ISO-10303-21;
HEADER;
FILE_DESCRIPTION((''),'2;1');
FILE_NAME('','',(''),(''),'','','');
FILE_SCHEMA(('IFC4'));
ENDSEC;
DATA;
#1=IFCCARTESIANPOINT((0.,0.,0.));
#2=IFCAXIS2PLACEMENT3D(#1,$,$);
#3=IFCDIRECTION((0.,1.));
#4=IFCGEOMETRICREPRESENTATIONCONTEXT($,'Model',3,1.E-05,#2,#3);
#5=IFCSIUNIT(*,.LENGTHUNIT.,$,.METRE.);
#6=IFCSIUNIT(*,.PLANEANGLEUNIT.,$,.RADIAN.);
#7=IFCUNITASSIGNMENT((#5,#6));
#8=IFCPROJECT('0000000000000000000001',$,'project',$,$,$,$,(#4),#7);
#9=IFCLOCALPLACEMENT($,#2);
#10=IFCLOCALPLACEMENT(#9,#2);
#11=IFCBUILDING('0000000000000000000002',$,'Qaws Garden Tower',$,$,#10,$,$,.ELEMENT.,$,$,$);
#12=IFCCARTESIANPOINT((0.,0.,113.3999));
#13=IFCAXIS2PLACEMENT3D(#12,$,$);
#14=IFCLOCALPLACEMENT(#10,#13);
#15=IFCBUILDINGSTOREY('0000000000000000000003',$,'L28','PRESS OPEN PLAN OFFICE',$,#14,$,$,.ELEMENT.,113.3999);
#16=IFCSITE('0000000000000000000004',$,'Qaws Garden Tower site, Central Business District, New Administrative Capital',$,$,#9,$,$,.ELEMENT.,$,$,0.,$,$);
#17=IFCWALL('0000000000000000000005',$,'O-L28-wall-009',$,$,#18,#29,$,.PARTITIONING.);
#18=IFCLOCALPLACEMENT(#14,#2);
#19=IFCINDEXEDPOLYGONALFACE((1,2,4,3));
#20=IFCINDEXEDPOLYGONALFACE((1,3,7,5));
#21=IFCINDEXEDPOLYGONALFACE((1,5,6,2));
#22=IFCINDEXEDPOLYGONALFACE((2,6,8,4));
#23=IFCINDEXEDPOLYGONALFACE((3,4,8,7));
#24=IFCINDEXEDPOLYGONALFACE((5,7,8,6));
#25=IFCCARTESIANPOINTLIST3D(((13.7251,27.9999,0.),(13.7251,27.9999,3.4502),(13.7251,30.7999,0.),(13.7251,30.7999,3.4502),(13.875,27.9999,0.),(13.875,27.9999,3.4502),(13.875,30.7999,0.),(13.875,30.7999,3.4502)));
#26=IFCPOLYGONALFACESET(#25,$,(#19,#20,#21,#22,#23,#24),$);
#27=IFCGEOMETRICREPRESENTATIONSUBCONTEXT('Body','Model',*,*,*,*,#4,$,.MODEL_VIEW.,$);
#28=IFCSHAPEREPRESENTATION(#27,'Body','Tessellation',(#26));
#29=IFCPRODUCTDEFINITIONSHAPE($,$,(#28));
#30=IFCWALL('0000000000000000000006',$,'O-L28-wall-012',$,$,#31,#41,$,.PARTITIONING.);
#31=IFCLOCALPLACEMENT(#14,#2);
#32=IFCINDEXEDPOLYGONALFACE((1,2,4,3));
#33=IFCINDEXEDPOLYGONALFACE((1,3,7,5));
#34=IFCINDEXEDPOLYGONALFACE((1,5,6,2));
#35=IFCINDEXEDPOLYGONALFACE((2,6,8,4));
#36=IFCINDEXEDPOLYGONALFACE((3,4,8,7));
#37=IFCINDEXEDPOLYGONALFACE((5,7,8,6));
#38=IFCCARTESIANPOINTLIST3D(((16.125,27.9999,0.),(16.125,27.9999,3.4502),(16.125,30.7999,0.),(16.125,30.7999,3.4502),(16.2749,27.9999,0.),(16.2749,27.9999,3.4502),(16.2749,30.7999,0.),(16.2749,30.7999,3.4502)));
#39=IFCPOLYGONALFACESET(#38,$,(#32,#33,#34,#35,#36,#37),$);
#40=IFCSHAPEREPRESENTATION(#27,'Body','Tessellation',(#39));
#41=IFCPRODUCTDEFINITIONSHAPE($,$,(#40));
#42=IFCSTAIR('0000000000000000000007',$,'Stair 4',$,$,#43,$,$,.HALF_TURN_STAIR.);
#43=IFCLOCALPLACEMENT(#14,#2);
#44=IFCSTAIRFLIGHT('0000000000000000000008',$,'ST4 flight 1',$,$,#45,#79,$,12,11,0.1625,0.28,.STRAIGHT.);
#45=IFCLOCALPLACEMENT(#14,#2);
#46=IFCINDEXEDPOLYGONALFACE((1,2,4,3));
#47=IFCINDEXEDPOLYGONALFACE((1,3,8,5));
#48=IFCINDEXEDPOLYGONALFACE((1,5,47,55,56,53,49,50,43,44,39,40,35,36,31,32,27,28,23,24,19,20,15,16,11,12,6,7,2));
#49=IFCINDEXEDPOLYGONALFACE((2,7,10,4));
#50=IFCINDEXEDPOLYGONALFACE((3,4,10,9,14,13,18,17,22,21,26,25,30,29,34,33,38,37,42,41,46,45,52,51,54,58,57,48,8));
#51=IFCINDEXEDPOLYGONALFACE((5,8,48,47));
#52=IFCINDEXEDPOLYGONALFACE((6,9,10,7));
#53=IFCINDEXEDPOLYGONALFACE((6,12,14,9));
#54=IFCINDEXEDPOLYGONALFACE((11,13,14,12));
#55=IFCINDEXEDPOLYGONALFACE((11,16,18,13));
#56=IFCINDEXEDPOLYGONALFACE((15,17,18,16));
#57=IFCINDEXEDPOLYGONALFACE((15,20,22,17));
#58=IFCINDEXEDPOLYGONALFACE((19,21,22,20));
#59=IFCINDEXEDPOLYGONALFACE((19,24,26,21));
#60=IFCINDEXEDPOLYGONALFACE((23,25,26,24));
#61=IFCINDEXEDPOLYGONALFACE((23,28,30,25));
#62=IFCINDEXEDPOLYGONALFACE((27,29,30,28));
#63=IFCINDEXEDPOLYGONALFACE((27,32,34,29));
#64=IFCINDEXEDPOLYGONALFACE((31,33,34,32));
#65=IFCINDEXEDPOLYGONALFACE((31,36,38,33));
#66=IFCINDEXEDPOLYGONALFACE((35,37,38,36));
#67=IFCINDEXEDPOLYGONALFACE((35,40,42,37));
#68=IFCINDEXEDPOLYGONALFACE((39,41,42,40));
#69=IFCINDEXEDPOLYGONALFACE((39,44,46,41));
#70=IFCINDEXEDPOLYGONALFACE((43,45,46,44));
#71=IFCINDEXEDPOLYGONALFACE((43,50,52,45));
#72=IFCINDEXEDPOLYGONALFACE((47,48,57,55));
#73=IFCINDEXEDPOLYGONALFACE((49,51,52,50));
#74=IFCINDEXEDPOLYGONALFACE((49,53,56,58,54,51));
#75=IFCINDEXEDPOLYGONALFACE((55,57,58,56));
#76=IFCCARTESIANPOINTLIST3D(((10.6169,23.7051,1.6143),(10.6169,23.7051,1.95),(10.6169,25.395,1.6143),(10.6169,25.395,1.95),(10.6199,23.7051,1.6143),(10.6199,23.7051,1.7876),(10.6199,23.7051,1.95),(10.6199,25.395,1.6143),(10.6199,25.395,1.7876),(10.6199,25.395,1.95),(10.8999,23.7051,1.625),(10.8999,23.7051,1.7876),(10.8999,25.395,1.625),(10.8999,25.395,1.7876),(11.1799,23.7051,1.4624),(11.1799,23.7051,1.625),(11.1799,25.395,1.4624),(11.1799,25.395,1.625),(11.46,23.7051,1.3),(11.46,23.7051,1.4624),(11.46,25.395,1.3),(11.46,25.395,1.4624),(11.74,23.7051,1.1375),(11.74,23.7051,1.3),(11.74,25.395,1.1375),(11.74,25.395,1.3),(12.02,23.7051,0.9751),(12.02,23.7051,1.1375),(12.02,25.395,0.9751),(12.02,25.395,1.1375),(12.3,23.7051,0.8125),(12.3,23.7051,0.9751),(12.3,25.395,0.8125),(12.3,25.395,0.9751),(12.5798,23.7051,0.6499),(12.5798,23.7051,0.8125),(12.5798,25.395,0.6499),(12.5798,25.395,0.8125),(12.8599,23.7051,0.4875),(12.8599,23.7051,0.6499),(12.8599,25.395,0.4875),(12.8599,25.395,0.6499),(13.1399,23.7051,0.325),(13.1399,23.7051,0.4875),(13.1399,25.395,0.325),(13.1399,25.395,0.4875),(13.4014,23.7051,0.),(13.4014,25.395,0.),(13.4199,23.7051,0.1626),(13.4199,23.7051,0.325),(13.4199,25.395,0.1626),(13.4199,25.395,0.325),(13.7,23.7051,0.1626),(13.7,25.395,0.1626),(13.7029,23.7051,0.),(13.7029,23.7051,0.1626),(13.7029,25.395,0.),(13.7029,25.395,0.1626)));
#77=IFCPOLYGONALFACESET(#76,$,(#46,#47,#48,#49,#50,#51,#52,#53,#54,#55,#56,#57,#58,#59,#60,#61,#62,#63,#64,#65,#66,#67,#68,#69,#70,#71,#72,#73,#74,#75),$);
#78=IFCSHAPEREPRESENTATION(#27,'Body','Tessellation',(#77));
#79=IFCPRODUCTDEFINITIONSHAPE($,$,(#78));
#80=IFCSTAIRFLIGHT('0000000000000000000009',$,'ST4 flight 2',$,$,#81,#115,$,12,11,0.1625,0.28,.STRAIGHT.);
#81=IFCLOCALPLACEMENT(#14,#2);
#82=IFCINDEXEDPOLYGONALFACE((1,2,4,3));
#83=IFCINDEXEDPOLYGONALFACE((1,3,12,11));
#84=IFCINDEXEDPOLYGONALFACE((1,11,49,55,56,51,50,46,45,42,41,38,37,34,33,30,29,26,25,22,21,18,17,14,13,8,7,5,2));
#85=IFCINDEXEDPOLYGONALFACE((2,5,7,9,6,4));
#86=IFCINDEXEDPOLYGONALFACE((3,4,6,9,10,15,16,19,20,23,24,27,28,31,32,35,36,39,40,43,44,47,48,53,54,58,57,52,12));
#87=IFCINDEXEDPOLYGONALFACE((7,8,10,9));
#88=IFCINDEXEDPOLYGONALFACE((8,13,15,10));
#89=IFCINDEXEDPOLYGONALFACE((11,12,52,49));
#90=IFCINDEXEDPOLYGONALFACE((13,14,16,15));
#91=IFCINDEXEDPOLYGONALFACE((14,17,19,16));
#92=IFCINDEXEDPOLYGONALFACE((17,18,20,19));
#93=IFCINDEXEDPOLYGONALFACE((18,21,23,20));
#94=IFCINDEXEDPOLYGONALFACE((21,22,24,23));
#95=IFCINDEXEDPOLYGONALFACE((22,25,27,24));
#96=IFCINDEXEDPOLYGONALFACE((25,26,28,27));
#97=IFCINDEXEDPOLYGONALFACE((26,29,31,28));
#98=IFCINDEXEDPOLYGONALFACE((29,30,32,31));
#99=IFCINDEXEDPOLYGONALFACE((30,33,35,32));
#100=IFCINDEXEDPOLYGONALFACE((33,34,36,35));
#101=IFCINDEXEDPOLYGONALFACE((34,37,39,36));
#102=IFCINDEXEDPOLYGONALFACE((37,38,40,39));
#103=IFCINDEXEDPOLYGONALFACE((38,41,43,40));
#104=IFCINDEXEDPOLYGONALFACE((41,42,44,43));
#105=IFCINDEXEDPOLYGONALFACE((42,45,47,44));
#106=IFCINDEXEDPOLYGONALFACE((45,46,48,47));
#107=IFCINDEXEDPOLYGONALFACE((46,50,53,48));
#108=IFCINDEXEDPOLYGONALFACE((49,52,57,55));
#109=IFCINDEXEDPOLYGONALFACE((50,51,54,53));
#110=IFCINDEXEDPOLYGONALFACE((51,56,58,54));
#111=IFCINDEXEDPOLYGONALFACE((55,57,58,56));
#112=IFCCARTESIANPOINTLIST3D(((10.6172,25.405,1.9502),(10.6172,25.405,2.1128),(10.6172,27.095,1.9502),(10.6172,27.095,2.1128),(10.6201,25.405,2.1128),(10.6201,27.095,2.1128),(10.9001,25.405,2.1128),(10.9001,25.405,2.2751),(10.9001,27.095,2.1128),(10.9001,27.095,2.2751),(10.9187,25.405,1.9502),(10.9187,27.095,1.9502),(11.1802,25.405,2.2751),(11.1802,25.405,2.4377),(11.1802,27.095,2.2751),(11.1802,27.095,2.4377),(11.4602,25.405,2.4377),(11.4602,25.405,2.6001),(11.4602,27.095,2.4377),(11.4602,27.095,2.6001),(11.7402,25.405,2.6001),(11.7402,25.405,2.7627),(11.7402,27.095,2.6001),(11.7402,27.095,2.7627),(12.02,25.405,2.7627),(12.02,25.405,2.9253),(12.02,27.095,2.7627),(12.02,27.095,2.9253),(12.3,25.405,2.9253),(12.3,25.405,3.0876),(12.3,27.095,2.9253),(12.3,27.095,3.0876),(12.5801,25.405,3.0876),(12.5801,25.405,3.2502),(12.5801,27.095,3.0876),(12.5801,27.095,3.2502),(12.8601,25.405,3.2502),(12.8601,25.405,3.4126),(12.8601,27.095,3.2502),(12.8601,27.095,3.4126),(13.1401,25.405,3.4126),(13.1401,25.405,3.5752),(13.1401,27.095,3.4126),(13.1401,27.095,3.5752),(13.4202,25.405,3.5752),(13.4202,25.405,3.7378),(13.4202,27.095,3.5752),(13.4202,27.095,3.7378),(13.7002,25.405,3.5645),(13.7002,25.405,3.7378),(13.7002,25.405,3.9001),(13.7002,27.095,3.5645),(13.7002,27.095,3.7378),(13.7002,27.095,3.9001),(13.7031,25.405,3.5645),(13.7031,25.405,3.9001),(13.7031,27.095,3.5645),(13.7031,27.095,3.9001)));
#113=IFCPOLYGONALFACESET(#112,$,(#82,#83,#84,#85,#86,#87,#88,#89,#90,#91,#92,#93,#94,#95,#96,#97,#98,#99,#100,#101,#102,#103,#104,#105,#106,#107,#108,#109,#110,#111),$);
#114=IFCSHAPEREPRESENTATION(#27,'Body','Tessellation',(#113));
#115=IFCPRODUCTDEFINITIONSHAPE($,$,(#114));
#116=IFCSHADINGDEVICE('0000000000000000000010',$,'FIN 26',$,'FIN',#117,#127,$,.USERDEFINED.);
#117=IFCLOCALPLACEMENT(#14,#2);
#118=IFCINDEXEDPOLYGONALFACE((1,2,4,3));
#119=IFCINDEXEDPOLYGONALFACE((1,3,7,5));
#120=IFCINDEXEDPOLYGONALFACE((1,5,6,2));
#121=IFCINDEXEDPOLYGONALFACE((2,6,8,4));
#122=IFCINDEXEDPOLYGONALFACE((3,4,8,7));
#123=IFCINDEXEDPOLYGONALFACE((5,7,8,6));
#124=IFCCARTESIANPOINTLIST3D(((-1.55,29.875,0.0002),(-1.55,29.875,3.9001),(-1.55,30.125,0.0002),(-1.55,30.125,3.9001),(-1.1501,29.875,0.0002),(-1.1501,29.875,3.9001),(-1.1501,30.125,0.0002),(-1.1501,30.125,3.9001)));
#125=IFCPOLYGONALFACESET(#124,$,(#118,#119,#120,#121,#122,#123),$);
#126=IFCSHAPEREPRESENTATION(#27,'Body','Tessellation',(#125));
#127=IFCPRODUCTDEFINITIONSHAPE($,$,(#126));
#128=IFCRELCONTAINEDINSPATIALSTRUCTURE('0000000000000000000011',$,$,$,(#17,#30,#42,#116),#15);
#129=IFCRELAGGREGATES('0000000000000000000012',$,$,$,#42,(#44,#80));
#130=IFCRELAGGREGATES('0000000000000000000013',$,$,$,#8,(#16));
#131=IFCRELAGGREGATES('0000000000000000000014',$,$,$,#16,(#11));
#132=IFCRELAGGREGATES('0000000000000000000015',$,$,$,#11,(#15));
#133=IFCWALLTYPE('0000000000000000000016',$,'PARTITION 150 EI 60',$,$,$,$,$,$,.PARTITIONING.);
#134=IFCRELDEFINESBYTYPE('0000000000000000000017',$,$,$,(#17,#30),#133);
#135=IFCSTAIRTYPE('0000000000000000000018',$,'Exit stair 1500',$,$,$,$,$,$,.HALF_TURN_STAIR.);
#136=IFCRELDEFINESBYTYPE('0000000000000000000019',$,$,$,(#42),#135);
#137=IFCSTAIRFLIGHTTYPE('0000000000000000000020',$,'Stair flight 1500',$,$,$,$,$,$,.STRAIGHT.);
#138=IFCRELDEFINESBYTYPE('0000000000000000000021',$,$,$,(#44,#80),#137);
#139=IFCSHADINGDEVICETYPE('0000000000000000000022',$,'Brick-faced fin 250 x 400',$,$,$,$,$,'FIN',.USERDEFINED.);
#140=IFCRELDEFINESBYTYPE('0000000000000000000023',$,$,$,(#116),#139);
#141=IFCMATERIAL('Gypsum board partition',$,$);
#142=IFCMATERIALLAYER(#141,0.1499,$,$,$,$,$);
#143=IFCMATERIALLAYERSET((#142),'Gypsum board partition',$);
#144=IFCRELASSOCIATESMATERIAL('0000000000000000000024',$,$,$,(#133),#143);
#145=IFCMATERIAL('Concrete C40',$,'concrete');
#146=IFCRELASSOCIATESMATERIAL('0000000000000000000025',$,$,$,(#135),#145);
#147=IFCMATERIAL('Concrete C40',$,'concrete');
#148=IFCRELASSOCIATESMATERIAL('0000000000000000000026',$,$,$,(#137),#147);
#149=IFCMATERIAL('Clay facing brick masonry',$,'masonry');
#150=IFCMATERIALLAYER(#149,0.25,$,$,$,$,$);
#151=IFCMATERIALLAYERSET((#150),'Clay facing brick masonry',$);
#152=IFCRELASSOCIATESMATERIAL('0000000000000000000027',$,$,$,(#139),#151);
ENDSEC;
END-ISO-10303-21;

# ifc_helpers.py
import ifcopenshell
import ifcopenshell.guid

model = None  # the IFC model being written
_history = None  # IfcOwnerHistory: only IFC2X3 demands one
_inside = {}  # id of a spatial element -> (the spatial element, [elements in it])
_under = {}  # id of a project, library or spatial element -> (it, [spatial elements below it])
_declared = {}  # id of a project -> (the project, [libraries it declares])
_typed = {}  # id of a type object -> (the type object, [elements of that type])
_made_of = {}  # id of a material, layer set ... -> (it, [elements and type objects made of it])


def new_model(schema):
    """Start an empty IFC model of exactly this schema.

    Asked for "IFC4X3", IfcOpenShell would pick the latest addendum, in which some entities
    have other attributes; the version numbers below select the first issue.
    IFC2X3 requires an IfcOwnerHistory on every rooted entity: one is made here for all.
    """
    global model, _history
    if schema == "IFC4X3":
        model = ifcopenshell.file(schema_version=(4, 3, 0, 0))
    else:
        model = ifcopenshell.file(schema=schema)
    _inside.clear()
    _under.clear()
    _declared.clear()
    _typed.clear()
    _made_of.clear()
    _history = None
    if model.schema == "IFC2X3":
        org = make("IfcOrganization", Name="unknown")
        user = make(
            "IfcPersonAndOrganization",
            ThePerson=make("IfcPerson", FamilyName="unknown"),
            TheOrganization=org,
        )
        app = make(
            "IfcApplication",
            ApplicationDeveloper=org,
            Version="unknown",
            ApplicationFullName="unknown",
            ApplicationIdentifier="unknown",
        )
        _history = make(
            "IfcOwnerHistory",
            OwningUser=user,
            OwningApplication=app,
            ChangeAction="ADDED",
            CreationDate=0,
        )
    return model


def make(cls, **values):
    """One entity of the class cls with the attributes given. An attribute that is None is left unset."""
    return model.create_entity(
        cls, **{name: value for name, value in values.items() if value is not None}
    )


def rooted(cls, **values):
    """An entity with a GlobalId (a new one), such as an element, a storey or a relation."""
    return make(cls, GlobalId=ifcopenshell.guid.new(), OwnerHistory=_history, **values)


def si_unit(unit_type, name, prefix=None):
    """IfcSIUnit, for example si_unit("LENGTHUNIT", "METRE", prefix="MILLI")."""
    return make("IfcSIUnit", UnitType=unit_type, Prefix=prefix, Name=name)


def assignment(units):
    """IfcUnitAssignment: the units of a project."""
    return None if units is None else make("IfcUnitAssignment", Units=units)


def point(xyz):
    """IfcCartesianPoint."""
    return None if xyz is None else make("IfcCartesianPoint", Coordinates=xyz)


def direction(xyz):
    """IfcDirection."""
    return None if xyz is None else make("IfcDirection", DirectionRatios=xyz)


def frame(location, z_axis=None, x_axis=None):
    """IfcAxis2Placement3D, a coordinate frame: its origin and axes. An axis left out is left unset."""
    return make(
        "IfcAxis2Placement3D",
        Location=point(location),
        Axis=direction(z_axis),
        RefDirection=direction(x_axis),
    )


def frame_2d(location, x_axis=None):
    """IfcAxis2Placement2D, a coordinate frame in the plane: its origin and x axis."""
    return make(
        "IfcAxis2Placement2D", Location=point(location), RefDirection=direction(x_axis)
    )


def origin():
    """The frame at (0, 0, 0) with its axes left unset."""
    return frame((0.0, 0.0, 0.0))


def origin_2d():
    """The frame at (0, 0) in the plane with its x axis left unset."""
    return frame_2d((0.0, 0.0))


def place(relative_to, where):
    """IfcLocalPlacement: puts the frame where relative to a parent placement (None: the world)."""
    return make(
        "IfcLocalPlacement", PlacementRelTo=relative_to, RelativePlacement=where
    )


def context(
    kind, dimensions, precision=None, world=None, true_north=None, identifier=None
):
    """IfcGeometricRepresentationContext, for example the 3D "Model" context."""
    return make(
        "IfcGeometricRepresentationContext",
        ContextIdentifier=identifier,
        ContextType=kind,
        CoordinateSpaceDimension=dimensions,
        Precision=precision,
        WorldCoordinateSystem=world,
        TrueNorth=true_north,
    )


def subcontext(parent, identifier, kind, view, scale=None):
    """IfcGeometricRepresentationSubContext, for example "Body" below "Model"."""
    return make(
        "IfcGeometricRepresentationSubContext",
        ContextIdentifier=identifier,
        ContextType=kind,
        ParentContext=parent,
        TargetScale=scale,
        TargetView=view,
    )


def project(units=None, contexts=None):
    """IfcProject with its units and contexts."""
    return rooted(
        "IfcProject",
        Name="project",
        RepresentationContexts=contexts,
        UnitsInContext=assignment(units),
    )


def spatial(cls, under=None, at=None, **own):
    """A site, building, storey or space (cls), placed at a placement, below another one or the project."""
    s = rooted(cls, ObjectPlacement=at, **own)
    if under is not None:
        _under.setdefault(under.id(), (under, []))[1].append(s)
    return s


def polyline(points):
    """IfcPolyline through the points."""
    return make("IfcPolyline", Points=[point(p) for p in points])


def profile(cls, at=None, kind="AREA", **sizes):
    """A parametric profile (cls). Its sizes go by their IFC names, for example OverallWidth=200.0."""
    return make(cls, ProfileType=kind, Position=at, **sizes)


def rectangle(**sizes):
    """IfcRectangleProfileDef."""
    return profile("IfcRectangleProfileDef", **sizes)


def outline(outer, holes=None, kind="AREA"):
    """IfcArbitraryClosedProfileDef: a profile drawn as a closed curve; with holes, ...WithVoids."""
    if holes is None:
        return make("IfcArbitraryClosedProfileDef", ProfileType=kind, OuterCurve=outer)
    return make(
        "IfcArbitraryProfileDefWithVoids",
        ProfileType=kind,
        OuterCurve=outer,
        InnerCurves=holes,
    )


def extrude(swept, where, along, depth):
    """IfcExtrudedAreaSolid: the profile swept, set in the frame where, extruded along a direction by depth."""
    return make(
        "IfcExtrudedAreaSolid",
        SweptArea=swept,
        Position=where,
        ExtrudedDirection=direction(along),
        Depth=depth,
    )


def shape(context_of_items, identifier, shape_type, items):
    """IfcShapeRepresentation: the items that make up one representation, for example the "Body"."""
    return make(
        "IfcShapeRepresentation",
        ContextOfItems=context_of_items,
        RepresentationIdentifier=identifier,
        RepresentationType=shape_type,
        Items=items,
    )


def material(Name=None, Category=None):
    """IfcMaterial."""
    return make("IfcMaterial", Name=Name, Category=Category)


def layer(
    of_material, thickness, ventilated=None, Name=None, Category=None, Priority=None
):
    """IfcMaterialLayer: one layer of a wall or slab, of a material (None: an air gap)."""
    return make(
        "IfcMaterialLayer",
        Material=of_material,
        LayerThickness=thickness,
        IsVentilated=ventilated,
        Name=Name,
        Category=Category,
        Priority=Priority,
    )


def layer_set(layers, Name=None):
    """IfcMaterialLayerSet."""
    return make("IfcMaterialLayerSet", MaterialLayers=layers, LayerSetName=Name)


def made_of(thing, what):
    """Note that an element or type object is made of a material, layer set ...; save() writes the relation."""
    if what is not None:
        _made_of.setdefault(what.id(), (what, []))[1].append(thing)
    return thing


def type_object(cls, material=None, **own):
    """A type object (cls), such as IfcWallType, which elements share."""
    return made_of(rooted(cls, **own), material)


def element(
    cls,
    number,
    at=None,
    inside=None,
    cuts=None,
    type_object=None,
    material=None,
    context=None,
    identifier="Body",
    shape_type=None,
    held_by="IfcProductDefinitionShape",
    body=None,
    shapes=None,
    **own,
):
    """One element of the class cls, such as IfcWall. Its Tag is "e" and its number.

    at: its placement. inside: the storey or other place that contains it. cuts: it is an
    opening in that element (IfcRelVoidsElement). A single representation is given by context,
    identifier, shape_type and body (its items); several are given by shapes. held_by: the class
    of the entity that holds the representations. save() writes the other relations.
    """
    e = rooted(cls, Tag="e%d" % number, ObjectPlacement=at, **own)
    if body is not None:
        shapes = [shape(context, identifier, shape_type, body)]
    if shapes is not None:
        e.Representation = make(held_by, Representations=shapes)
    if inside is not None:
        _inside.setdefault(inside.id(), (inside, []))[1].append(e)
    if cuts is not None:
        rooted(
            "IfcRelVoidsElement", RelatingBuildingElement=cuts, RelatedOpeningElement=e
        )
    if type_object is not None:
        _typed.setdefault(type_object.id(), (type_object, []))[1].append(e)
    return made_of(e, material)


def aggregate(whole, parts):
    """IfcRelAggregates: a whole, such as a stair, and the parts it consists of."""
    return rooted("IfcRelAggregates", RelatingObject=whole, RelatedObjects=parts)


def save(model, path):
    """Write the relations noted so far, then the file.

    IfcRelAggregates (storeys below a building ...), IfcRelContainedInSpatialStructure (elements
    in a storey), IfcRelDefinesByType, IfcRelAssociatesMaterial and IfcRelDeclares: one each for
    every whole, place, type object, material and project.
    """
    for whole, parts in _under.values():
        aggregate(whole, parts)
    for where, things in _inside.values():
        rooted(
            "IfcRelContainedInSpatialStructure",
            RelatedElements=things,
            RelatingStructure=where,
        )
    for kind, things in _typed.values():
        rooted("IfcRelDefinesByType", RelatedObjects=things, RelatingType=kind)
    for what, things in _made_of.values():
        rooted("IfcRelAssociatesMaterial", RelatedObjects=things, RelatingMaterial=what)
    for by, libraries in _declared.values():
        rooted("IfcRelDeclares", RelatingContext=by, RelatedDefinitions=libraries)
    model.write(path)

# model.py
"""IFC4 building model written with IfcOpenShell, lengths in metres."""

from ifc_helpers import new_model, si_unit, direction, frame, frame_2d, origin, origin_2d, place, context, subcontext, project, spatial, polyline, rectangle, outline, extrude, material, layer, layer_set, type_object, element, aggregate, save


model = new_model("IFC4")

# Units and contexts
model_context = context("Model", 3, precision=1e-05, world=origin(), true_north=direction((0.0, 1.0)))
body_context = subcontext(model_context, "Body", "Model", "MODEL_VIEW")
ifc_project = project(units=[si_unit("LENGTHUNIT", "METRE"), si_unit("PLANEANGLEUNIT", "RADIAN")], contexts=[model_context])

# Site, building, storey
site_placement = place(None, origin())
site = spatial("IfcSite", under=ifc_project, at=site_placement, Name="Qaws Garden Tower site, Central Business District, New Administrative Capital", CompositionType="ELEMENT", RefElevation=0.0)
building_placement = place(site_placement, origin())
building = spatial("IfcBuilding", under=site, at=building_placement, Name="Qaws Garden Tower", CompositionType="ELEMENT")
storey_placement = place(building_placement, frame((0.0, 0.0, 113.3999)))
storey = spatial("IfcBuildingStorey", under=building, at=storey_placement, Name="L28", Description="PRESS OPEN PLAN OFFICE", CompositionType="ELEMENT", Elevation=113.3999)

# Walls
ifc_material_1 = material(Name="Gypsum board partition")
ifc_layer_1 = layer(ifc_material_1, 0.1499)
ifc_layer_set_1 = layer_set([ifc_layer_1], Name="Gypsum board partition")
wall_type_1 = type_object("IfcWallType", Name="PARTITION 150 EI 60", PredefinedType="PARTITIONING", material=ifc_layer_set_1)
for number, where, z_axis, x_axis, name in (
    (1, (13.8, 28.0, 0.0), (0.0, 0.0, 1.0), (0.0, 1.0, 0.0), "O-L28-wall-009"),
    (2, (16.2, 28.0, 0.0), (0.0, 0.0, 1.0), (0.0, 1.0, 0.0), "O-L28-wall-012"),
):
    element("IfcWall", number, at=place(storey_placement, frame(where, z_axis=z_axis, x_axis=x_axis)), inside=storey, type_object=wall_type_1, Name=name, PredefinedType="PARTITIONING", context=body_context, shape_type="SweptSolid", body=[
        extrude(rectangle(XDim=2.8, YDim=0.1499, at=frame_2d((1.3999, 0.0))), origin(), (0.0, 0.0, 1.0), 3.4502),
    ])

# Stair, stair flights
ifc_material_2 = material(Name="Concrete C40", Category="concrete")
stair_type = type_object("IfcStairType", Name="Exit stair 1500", PredefinedType="HALF_TURN_STAIR", material=ifc_material_2)
stair_placement = place(storey_placement, origin())
stair = element("IfcStair", 3, at=stair_placement, inside=storey, type_object=stair_type, Name="Stair 4", PredefinedType="HALF_TURN_STAIR")
ifc_material_3 = material(Name="Concrete C40", Category="concrete")
stair_flight_type = type_object("IfcStairFlightType", Name="Stair flight 1500", PredefinedType="STRAIGHT", material=ifc_material_3)
stair_flight_1_placement = place(storey_placement, frame((13.7, 24.55, 0.0), z_axis=(0.0, 0.0, 1.0), x_axis=(-1.0, 0.0, 0.0)))
stair_flight_1 = element("IfcStairFlight", 4, at=stair_flight_1_placement, type_object=stair_flight_type, Name="ST4 flight 1", NumberOfRisers=12, NumberOfTreads=11, PredefinedType="STRAIGHT", RiserHeight=0.1625, TreadLength=0.28, context=body_context, shape_type="SweptSolid", body=[
    extrude(outline(polyline([(-0.0029, 0.0), (-0.0029, 0.1626), (0.0, 0.1626), (0.28, 0.1626), (0.28, 0.325), (0.5601, 0.325), (0.5601, 0.4875), (0.8401, 0.4875), (0.8401, 0.6499), (1.1201, 0.6499), (1.1201, 0.8125), (1.3999, 0.8125), (1.3999, 0.9751), (1.6799, 0.9751), (1.6799, 1.1375), (1.96, 1.1375), (1.96, 1.3), (2.24, 1.3), (2.24, 1.4624), (2.52, 1.4624), (2.52, 1.625), (2.8, 1.625), (2.8, 1.7876), (3.0801, 1.7876), (3.0801, 1.95), (3.083, 1.95), (3.083, 1.6143), (3.0801, 1.6143), (0.2986, 0.0), (-0.0029, 0.0)])), frame((0.0, 0.845, 0.0), z_axis=(0.0, -1.0, 0.0), x_axis=(1.0, 0.0, 0.0)), (0.0, 0.0, 1.0), 1.6899),
])
stair_flight_2_placement = place(storey_placement, frame((10.6201, 26.25, 1.9502), z_axis=(0.0, 0.0, 1.0), x_axis=(1.0, 0.0, 0.0)))
stair_flight_2 = element("IfcStairFlight", 5, at=stair_flight_2_placement, type_object=stair_flight_type, Name="ST4 flight 2", NumberOfRisers=12, NumberOfTreads=11, PredefinedType="STRAIGHT", RiserHeight=0.1625, TreadLength=0.28, context=body_context, shape_type="SweptSolid", body=[
    extrude(outline(polyline([(-0.0029, 0.0), (-0.0029, 0.1626), (0.0, 0.1626), (0.28, 0.1626), (0.28, 0.325), (0.5601, 0.325), (0.5601, 0.4875), (0.8401, 0.4875), (0.8401, 0.6499), (1.1201, 0.6499), (1.1201, 0.8125), (1.3999, 0.8125), (1.3999, 0.9751), (1.6799, 0.9751), (1.6799, 1.1375), (1.96, 1.1375), (1.96, 1.3), (2.24, 1.3), (2.24, 1.4624), (2.52, 1.4624), (2.52, 1.625), (2.8, 1.625), (2.8, 1.7876), (3.0801, 1.7876), (3.0801, 1.95), (3.083, 1.95), (3.083, 1.6143), (3.0801, 1.6143), (0.2986, 0.0), (-0.0029, 0.0)])), frame((0.0, 0.845, 0.0), z_axis=(0.0, -1.0, 0.0), x_axis=(1.0, 0.0, 0.0)), (0.0, 0.0, 1.0), 1.6899),
])
aggregate(stair, [stair_flight_1, stair_flight_2])

# Shading device
ifc_material_4 = material(Name="Clay facing brick masonry", Category="masonry")
ifc_layer_2 = layer(ifc_material_4, 0.25)
ifc_layer_set_2 = layer_set([ifc_layer_2], Name="Clay facing brick masonry")
shading_device_type = type_object("IfcShadingDeviceType", Name="Brick-faced fin 250 x 400", ElementType="FIN", PredefinedType="USERDEFINED", material=ifc_layer_set_2)
shading_device_placement = place(storey_placement, frame((-1.3501, 30.0, 0.0002), z_axis=(0.0, 0.0, 1.0), x_axis=(0.0, -1.0, 0.0)))
element("IfcShadingDevice", 6, at=shading_device_placement, inside=storey, type_object=shading_device_type, Name="FIN 26", ObjectType="FIN", PredefinedType="USERDEFINED", context=body_context, shape_type="SweptSolid", body=[
    extrude(rectangle(XDim=0.25, YDim=0.3999, at=origin_2d()), origin(), (0.0, 0.0, 1.0), 3.8999),
])

save(model, "model.ifc")
